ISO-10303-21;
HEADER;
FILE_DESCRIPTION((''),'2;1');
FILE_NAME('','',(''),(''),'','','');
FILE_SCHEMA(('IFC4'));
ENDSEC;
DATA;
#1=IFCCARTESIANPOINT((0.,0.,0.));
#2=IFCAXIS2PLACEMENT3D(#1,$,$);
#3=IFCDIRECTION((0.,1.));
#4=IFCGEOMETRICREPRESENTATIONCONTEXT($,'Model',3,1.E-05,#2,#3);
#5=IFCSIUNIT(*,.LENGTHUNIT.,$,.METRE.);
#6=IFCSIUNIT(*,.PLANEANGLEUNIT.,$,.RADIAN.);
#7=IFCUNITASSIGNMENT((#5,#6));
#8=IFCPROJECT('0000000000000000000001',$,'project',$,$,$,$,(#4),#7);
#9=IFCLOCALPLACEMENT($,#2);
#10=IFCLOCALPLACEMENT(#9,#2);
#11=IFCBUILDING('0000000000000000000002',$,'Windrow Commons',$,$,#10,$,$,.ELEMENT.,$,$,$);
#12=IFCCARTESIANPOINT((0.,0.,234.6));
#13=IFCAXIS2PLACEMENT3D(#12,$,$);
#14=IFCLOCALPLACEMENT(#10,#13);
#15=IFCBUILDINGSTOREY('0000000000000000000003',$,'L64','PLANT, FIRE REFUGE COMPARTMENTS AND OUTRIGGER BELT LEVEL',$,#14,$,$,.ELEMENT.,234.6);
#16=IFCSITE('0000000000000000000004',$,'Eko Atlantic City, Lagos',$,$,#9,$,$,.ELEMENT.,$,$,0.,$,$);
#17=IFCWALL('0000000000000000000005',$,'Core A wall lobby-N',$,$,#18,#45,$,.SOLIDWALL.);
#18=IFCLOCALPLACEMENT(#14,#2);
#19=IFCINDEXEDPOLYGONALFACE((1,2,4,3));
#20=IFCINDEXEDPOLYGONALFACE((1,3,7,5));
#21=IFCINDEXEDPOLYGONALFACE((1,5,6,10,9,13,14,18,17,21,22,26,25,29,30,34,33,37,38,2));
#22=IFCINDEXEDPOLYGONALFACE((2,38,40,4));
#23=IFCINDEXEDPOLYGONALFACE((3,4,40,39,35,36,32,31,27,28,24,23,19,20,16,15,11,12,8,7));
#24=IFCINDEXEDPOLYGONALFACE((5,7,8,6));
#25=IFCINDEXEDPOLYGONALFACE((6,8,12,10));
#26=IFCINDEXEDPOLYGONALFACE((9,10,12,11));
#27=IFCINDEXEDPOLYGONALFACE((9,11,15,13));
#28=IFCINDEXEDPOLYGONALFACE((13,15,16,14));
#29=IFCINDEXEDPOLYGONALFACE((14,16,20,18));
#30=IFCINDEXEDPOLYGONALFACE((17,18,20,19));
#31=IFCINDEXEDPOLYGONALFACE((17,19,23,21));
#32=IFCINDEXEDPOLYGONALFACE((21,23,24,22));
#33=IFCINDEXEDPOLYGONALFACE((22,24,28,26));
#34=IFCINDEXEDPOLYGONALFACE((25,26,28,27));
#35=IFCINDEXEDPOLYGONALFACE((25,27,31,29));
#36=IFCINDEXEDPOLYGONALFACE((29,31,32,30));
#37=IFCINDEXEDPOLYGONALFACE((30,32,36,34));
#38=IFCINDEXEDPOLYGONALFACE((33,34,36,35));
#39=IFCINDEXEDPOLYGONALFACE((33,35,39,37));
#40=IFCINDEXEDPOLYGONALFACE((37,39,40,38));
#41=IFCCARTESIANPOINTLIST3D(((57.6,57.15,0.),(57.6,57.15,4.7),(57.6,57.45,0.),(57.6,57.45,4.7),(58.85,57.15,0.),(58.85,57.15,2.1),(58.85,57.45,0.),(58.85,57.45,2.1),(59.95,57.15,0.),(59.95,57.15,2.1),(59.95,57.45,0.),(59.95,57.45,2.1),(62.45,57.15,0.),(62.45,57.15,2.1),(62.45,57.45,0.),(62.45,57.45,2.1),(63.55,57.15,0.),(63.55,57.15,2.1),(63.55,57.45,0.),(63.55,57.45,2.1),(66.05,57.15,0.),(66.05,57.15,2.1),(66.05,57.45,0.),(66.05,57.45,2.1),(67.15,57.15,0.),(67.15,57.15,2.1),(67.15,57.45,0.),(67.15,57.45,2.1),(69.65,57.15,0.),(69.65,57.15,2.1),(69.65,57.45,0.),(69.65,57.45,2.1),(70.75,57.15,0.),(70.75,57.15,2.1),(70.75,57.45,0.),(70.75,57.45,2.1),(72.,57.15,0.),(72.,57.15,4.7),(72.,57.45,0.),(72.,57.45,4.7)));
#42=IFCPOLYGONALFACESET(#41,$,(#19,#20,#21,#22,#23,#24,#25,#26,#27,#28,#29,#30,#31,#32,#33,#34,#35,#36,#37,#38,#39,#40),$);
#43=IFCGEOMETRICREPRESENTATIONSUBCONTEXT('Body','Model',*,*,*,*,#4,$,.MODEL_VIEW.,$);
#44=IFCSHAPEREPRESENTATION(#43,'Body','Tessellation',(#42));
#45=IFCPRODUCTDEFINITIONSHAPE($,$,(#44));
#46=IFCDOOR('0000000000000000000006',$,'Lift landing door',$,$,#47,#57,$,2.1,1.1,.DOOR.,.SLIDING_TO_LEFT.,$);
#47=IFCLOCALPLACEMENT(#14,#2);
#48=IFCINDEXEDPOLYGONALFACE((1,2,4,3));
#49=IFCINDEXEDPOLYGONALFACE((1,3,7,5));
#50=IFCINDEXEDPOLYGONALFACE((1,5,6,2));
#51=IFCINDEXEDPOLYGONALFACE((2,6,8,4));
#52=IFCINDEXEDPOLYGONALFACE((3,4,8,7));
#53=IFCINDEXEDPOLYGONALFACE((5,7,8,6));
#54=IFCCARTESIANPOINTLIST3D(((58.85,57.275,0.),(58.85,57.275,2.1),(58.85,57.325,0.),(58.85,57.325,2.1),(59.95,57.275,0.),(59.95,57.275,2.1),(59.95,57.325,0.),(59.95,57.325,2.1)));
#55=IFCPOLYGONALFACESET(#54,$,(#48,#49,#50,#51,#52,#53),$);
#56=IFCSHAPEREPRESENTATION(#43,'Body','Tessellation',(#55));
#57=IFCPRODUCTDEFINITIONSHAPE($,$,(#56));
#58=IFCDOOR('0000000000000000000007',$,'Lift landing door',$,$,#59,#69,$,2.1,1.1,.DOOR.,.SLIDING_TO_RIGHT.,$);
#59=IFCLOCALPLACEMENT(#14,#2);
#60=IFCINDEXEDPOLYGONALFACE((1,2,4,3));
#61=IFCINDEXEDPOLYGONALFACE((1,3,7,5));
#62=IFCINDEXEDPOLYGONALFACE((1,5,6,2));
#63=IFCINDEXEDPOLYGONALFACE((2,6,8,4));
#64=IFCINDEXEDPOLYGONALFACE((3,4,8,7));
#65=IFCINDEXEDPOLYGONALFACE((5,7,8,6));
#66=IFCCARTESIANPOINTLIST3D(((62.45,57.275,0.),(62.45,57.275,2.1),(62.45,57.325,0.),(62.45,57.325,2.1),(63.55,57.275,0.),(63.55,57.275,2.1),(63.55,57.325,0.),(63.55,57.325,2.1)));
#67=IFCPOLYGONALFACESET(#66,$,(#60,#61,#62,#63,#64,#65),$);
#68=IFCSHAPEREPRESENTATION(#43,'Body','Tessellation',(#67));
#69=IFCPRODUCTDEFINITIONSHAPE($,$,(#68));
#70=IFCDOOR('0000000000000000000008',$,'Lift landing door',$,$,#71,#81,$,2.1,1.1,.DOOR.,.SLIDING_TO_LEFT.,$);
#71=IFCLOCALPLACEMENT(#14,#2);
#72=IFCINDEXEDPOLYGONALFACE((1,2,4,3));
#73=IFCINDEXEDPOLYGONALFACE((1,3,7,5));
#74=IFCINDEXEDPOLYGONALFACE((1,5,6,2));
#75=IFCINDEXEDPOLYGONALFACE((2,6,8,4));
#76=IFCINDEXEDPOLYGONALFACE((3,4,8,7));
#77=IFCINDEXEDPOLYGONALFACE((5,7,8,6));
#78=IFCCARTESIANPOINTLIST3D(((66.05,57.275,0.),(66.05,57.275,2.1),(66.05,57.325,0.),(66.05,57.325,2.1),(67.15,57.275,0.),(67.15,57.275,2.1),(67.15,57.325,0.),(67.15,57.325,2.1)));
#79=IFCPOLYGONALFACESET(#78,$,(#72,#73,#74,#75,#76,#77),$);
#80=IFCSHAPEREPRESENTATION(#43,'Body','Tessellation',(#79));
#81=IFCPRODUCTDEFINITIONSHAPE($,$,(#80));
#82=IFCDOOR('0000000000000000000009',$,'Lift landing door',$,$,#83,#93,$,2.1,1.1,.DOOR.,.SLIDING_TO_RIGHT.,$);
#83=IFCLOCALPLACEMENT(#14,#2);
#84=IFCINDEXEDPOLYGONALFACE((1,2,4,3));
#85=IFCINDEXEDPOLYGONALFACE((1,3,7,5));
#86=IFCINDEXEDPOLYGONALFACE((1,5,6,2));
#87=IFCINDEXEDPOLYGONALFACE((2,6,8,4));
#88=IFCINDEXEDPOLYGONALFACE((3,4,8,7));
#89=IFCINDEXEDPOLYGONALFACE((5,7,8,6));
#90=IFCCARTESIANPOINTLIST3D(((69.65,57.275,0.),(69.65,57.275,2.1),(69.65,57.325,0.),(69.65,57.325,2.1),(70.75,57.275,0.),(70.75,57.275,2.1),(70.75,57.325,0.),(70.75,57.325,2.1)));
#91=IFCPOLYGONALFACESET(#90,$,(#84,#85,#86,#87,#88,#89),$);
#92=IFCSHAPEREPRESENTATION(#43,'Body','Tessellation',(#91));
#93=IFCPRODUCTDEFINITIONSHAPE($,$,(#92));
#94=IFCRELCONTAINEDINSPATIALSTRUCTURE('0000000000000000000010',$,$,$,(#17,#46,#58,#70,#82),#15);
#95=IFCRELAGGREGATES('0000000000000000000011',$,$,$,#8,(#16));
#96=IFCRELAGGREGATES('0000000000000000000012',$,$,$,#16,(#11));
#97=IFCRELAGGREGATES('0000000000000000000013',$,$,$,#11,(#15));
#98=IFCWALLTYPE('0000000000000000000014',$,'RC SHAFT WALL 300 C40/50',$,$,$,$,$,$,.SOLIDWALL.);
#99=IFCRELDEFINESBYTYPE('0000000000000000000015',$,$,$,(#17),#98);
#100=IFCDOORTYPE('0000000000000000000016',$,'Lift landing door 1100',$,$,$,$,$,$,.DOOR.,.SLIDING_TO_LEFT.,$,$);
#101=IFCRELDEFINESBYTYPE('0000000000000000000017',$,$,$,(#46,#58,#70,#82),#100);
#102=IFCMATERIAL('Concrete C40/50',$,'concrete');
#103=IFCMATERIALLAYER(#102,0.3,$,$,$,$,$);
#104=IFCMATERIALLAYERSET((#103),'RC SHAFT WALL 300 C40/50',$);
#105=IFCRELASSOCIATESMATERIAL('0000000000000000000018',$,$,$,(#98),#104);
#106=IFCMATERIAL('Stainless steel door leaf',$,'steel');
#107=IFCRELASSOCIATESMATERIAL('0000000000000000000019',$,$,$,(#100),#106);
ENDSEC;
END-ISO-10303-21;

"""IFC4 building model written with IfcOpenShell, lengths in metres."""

from ifc_helpers import new_model, si_unit, direction, frame, frame_2d, origin, place, context, subcontext, project, spatial, rectangle, extrude, material, layer, layer_set, type_object, element, fill, save


model = new_model("IFC4")

# Units and contexts
model_context = context("Model", 3, precision=1e-05, world=origin(), true_north=direction((0.0, 1.0)))
body_context = subcontext(model_context, "Body", "Model", "MODEL_VIEW")
ifc_project = project(units=[si_unit("LENGTHUNIT", "METRE"), si_unit("PLANEANGLEUNIT", "RADIAN")], contexts=[model_context])

# Site, building, storey
site_placement = place(None, origin())
site = spatial("IfcSite", under=ifc_project, at=site_placement, Name="Eko Atlantic City, Lagos", CompositionType="ELEMENT", RefElevation=0.0)
building_placement = place(site_placement, origin())
building = spatial("IfcBuilding", under=site, at=building_placement, Name="Windrow Commons", CompositionType="ELEMENT")
storey_placement = place(building_placement, frame((0.0, 0.0, 234.6)))
storey = spatial("IfcBuildingStorey", under=building, at=storey_placement, Name="L64", Description="PLANT, FIRE REFUGE COMPARTMENTS AND OUTRIGGER BELT LEVEL", CompositionType="ELEMENT", Elevation=234.6)

# Shared definitions
ifc_material_1 = material(Name="Concrete C40/50", Category="concrete")
ifc_layer_1 = layer(ifc_material_1, 0.3)
ifc_layer_set_1 = layer_set([ifc_layer_1], Name="RC SHAFT WALL 300 C40/50")
wall_type_1 = type_object("IfcWallType", Name="RC SHAFT WALL 300 C40/50", PredefinedType="SOLIDWALL", material=ifc_layer_set_1)

# Wall, openings, doors
ifc_material_2 = material(Name="Stainless steel door leaf", Category="steel")
door_type_1 = type_object("IfcDoorType", Name="Lift landing door 1100", OperationType="SLIDING_TO_LEFT", PredefinedType="DOOR", material=ifc_material_2)
wall_1_placement = place(storey_placement, frame((57.6, 57.3, 0.0), z_axis=(0.0, 0.0, 1.0), x_axis=(1.0, 0.0, 0.0)))
wall_1 = element("IfcWall", 1, at=wall_1_placement, inside=storey, type_object=wall_type_1, Name="Core A wall lobby-N", PredefinedType="SOLIDWALL", context=body_context, shape_type="SweptSolid", body=[
    extrude(rectangle(XDim=14.4, YDim=0.3, at=frame_2d((7.2, 0.0))), origin(), (0.0, 0.0, 1.0), 4.7),
])
opening_1_placement = place(wall_1_placement, frame((1.25, 0.0, 0.0)))
opening_1 = element("IfcOpeningElement", 2, at=opening_1_placement, cuts=wall_1, PredefinedType="OPENING", context=body_context, shape_type="SweptSolid", body=[
    extrude(rectangle(XDim=1.1, YDim=2.1, at=frame_2d((0.55, 1.05))), frame((0.0, 0.16, 0.0), z_axis=(0.0, -1.0, 0.0), x_axis=(1.0, 0.0, 0.0)), (0.0, 0.0, 1.0), 0.32),
])
opening_2_placement = place(wall_1_placement, frame((4.85, 0.0, 0.0)))
opening_2 = element("IfcOpeningElement", 3, at=opening_2_placement, cuts=wall_1, PredefinedType="OPENING", context=body_context, shape_type="SweptSolid", body=[
    extrude(rectangle(XDim=1.1, YDim=2.1, at=frame_2d((0.55, 1.05))), frame((0.0, 0.16, 0.0), z_axis=(0.0, -1.0, 0.0), x_axis=(1.0, 0.0, 0.0)), (0.0, 0.0, 1.0), 0.32),
])
opening_3_placement = place(wall_1_placement, frame((8.45, 0.0, 0.0)))
opening_3 = element("IfcOpeningElement", 4, at=opening_3_placement, cuts=wall_1, PredefinedType="OPENING", context=body_context, shape_type="SweptSolid", body=[
    extrude(rectangle(XDim=1.1, YDim=2.1, at=frame_2d((0.55, 1.05))), frame((0.0, 0.16, 0.0), z_axis=(0.0, -1.0, 0.0), x_axis=(1.0, 0.0, 0.0)), (0.0, 0.0, 1.0), 0.32),
])
opening_4_placement = place(wall_1_placement, frame((12.05, 0.0, 0.0)))
opening_4 = element("IfcOpeningElement", 5, at=opening_4_placement, cuts=wall_1, PredefinedType="OPENING", context=body_context, shape_type="SweptSolid", body=[
    extrude(rectangle(XDim=1.1, YDim=2.1, at=frame_2d((0.55, 1.05))), frame((0.0, 0.16, 0.0), z_axis=(0.0, -1.0, 0.0), x_axis=(1.0, 0.0, 0.0)), (0.0, 0.0, 1.0), 0.32),
])
door_1_placement = place(opening_1_placement, origin())
door_1 = element("IfcDoor", 6, at=door_1_placement, inside=storey, type_object=door_type_1, Name="Lift landing door", OperationType="SLIDING_TO_LEFT", OverallHeight=2.1, OverallWidth=1.1, PredefinedType="DOOR", context=body_context, shape_type="SweptSolid", body=[
    extrude(rectangle(XDim=1.1, YDim=2.1, at=frame_2d((0.55, 1.05))), frame((0.0, 0.025, 0.0), z_axis=(0.0, -1.0, 0.0), x_axis=(1.0, 0.0, 0.0)), (0.0, 0.0, 1.0), 0.05),
])
fill(opening_1, door_1)
door_2_placement = place(opening_2_placement, origin())
door_2 = element("IfcDoor", 7, at=door_2_placement, inside=storey, type_object=door_type_1, Name="Lift landing door", OperationType="SLIDING_TO_RIGHT", OverallHeight=2.1, OverallWidth=1.1, PredefinedType="DOOR", context=body_context, shape_type="SweptSolid", body=[
    extrude(rectangle(XDim=1.1, YDim=2.1, at=frame_2d((0.55, 1.05))), frame((0.0, 0.025, 0.0), z_axis=(0.0, -1.0, 0.0), x_axis=(1.0, 0.0, 0.0)), (0.0, 0.0, 1.0), 0.05),
])
fill(opening_2, door_2)
door_3_placement = place(opening_3_placement, origin())
door_3 = element("IfcDoor", 8, at=door_3_placement, inside=storey, type_object=door_type_1, Name="Lift landing door", OperationType="SLIDING_TO_LEFT", OverallHeight=2.1, OverallWidth=1.1, PredefinedType="DOOR", context=body_context, shape_type="SweptSolid", body=[
    extrude(rectangle(XDim=1.1, YDim=2.1, at=frame_2d((0.55, 1.05))), frame((0.0, 0.025, 0.0), z_axis=(0.0, -1.0, 0.0), x_axis=(1.0, 0.0, 0.0)), (0.0, 0.0, 1.0), 0.05),
])
fill(opening_3, door_3)
door_4_placement = place(opening_4_placement, origin())
door_4 = element("IfcDoor", 9, at=door_4_placement, inside=storey, type_object=door_type_1, Name="Lift landing door", OperationType="SLIDING_TO_RIGHT", OverallHeight=2.1, OverallWidth=1.1, PredefinedType="DOOR", context=body_context, shape_type="SweptSolid", body=[
    extrude(rectangle(XDim=1.1, YDim=2.1, at=frame_2d((0.55, 1.05))), frame((0.0, 0.025, 0.0), z_axis=(0.0, -1.0, 0.0), x_axis=(1.0, 0.0, 0.0)), (0.0, 0.0, 1.0), 0.05),
])
fill(opening_4, door_4)

save(model, "model.ifc")
